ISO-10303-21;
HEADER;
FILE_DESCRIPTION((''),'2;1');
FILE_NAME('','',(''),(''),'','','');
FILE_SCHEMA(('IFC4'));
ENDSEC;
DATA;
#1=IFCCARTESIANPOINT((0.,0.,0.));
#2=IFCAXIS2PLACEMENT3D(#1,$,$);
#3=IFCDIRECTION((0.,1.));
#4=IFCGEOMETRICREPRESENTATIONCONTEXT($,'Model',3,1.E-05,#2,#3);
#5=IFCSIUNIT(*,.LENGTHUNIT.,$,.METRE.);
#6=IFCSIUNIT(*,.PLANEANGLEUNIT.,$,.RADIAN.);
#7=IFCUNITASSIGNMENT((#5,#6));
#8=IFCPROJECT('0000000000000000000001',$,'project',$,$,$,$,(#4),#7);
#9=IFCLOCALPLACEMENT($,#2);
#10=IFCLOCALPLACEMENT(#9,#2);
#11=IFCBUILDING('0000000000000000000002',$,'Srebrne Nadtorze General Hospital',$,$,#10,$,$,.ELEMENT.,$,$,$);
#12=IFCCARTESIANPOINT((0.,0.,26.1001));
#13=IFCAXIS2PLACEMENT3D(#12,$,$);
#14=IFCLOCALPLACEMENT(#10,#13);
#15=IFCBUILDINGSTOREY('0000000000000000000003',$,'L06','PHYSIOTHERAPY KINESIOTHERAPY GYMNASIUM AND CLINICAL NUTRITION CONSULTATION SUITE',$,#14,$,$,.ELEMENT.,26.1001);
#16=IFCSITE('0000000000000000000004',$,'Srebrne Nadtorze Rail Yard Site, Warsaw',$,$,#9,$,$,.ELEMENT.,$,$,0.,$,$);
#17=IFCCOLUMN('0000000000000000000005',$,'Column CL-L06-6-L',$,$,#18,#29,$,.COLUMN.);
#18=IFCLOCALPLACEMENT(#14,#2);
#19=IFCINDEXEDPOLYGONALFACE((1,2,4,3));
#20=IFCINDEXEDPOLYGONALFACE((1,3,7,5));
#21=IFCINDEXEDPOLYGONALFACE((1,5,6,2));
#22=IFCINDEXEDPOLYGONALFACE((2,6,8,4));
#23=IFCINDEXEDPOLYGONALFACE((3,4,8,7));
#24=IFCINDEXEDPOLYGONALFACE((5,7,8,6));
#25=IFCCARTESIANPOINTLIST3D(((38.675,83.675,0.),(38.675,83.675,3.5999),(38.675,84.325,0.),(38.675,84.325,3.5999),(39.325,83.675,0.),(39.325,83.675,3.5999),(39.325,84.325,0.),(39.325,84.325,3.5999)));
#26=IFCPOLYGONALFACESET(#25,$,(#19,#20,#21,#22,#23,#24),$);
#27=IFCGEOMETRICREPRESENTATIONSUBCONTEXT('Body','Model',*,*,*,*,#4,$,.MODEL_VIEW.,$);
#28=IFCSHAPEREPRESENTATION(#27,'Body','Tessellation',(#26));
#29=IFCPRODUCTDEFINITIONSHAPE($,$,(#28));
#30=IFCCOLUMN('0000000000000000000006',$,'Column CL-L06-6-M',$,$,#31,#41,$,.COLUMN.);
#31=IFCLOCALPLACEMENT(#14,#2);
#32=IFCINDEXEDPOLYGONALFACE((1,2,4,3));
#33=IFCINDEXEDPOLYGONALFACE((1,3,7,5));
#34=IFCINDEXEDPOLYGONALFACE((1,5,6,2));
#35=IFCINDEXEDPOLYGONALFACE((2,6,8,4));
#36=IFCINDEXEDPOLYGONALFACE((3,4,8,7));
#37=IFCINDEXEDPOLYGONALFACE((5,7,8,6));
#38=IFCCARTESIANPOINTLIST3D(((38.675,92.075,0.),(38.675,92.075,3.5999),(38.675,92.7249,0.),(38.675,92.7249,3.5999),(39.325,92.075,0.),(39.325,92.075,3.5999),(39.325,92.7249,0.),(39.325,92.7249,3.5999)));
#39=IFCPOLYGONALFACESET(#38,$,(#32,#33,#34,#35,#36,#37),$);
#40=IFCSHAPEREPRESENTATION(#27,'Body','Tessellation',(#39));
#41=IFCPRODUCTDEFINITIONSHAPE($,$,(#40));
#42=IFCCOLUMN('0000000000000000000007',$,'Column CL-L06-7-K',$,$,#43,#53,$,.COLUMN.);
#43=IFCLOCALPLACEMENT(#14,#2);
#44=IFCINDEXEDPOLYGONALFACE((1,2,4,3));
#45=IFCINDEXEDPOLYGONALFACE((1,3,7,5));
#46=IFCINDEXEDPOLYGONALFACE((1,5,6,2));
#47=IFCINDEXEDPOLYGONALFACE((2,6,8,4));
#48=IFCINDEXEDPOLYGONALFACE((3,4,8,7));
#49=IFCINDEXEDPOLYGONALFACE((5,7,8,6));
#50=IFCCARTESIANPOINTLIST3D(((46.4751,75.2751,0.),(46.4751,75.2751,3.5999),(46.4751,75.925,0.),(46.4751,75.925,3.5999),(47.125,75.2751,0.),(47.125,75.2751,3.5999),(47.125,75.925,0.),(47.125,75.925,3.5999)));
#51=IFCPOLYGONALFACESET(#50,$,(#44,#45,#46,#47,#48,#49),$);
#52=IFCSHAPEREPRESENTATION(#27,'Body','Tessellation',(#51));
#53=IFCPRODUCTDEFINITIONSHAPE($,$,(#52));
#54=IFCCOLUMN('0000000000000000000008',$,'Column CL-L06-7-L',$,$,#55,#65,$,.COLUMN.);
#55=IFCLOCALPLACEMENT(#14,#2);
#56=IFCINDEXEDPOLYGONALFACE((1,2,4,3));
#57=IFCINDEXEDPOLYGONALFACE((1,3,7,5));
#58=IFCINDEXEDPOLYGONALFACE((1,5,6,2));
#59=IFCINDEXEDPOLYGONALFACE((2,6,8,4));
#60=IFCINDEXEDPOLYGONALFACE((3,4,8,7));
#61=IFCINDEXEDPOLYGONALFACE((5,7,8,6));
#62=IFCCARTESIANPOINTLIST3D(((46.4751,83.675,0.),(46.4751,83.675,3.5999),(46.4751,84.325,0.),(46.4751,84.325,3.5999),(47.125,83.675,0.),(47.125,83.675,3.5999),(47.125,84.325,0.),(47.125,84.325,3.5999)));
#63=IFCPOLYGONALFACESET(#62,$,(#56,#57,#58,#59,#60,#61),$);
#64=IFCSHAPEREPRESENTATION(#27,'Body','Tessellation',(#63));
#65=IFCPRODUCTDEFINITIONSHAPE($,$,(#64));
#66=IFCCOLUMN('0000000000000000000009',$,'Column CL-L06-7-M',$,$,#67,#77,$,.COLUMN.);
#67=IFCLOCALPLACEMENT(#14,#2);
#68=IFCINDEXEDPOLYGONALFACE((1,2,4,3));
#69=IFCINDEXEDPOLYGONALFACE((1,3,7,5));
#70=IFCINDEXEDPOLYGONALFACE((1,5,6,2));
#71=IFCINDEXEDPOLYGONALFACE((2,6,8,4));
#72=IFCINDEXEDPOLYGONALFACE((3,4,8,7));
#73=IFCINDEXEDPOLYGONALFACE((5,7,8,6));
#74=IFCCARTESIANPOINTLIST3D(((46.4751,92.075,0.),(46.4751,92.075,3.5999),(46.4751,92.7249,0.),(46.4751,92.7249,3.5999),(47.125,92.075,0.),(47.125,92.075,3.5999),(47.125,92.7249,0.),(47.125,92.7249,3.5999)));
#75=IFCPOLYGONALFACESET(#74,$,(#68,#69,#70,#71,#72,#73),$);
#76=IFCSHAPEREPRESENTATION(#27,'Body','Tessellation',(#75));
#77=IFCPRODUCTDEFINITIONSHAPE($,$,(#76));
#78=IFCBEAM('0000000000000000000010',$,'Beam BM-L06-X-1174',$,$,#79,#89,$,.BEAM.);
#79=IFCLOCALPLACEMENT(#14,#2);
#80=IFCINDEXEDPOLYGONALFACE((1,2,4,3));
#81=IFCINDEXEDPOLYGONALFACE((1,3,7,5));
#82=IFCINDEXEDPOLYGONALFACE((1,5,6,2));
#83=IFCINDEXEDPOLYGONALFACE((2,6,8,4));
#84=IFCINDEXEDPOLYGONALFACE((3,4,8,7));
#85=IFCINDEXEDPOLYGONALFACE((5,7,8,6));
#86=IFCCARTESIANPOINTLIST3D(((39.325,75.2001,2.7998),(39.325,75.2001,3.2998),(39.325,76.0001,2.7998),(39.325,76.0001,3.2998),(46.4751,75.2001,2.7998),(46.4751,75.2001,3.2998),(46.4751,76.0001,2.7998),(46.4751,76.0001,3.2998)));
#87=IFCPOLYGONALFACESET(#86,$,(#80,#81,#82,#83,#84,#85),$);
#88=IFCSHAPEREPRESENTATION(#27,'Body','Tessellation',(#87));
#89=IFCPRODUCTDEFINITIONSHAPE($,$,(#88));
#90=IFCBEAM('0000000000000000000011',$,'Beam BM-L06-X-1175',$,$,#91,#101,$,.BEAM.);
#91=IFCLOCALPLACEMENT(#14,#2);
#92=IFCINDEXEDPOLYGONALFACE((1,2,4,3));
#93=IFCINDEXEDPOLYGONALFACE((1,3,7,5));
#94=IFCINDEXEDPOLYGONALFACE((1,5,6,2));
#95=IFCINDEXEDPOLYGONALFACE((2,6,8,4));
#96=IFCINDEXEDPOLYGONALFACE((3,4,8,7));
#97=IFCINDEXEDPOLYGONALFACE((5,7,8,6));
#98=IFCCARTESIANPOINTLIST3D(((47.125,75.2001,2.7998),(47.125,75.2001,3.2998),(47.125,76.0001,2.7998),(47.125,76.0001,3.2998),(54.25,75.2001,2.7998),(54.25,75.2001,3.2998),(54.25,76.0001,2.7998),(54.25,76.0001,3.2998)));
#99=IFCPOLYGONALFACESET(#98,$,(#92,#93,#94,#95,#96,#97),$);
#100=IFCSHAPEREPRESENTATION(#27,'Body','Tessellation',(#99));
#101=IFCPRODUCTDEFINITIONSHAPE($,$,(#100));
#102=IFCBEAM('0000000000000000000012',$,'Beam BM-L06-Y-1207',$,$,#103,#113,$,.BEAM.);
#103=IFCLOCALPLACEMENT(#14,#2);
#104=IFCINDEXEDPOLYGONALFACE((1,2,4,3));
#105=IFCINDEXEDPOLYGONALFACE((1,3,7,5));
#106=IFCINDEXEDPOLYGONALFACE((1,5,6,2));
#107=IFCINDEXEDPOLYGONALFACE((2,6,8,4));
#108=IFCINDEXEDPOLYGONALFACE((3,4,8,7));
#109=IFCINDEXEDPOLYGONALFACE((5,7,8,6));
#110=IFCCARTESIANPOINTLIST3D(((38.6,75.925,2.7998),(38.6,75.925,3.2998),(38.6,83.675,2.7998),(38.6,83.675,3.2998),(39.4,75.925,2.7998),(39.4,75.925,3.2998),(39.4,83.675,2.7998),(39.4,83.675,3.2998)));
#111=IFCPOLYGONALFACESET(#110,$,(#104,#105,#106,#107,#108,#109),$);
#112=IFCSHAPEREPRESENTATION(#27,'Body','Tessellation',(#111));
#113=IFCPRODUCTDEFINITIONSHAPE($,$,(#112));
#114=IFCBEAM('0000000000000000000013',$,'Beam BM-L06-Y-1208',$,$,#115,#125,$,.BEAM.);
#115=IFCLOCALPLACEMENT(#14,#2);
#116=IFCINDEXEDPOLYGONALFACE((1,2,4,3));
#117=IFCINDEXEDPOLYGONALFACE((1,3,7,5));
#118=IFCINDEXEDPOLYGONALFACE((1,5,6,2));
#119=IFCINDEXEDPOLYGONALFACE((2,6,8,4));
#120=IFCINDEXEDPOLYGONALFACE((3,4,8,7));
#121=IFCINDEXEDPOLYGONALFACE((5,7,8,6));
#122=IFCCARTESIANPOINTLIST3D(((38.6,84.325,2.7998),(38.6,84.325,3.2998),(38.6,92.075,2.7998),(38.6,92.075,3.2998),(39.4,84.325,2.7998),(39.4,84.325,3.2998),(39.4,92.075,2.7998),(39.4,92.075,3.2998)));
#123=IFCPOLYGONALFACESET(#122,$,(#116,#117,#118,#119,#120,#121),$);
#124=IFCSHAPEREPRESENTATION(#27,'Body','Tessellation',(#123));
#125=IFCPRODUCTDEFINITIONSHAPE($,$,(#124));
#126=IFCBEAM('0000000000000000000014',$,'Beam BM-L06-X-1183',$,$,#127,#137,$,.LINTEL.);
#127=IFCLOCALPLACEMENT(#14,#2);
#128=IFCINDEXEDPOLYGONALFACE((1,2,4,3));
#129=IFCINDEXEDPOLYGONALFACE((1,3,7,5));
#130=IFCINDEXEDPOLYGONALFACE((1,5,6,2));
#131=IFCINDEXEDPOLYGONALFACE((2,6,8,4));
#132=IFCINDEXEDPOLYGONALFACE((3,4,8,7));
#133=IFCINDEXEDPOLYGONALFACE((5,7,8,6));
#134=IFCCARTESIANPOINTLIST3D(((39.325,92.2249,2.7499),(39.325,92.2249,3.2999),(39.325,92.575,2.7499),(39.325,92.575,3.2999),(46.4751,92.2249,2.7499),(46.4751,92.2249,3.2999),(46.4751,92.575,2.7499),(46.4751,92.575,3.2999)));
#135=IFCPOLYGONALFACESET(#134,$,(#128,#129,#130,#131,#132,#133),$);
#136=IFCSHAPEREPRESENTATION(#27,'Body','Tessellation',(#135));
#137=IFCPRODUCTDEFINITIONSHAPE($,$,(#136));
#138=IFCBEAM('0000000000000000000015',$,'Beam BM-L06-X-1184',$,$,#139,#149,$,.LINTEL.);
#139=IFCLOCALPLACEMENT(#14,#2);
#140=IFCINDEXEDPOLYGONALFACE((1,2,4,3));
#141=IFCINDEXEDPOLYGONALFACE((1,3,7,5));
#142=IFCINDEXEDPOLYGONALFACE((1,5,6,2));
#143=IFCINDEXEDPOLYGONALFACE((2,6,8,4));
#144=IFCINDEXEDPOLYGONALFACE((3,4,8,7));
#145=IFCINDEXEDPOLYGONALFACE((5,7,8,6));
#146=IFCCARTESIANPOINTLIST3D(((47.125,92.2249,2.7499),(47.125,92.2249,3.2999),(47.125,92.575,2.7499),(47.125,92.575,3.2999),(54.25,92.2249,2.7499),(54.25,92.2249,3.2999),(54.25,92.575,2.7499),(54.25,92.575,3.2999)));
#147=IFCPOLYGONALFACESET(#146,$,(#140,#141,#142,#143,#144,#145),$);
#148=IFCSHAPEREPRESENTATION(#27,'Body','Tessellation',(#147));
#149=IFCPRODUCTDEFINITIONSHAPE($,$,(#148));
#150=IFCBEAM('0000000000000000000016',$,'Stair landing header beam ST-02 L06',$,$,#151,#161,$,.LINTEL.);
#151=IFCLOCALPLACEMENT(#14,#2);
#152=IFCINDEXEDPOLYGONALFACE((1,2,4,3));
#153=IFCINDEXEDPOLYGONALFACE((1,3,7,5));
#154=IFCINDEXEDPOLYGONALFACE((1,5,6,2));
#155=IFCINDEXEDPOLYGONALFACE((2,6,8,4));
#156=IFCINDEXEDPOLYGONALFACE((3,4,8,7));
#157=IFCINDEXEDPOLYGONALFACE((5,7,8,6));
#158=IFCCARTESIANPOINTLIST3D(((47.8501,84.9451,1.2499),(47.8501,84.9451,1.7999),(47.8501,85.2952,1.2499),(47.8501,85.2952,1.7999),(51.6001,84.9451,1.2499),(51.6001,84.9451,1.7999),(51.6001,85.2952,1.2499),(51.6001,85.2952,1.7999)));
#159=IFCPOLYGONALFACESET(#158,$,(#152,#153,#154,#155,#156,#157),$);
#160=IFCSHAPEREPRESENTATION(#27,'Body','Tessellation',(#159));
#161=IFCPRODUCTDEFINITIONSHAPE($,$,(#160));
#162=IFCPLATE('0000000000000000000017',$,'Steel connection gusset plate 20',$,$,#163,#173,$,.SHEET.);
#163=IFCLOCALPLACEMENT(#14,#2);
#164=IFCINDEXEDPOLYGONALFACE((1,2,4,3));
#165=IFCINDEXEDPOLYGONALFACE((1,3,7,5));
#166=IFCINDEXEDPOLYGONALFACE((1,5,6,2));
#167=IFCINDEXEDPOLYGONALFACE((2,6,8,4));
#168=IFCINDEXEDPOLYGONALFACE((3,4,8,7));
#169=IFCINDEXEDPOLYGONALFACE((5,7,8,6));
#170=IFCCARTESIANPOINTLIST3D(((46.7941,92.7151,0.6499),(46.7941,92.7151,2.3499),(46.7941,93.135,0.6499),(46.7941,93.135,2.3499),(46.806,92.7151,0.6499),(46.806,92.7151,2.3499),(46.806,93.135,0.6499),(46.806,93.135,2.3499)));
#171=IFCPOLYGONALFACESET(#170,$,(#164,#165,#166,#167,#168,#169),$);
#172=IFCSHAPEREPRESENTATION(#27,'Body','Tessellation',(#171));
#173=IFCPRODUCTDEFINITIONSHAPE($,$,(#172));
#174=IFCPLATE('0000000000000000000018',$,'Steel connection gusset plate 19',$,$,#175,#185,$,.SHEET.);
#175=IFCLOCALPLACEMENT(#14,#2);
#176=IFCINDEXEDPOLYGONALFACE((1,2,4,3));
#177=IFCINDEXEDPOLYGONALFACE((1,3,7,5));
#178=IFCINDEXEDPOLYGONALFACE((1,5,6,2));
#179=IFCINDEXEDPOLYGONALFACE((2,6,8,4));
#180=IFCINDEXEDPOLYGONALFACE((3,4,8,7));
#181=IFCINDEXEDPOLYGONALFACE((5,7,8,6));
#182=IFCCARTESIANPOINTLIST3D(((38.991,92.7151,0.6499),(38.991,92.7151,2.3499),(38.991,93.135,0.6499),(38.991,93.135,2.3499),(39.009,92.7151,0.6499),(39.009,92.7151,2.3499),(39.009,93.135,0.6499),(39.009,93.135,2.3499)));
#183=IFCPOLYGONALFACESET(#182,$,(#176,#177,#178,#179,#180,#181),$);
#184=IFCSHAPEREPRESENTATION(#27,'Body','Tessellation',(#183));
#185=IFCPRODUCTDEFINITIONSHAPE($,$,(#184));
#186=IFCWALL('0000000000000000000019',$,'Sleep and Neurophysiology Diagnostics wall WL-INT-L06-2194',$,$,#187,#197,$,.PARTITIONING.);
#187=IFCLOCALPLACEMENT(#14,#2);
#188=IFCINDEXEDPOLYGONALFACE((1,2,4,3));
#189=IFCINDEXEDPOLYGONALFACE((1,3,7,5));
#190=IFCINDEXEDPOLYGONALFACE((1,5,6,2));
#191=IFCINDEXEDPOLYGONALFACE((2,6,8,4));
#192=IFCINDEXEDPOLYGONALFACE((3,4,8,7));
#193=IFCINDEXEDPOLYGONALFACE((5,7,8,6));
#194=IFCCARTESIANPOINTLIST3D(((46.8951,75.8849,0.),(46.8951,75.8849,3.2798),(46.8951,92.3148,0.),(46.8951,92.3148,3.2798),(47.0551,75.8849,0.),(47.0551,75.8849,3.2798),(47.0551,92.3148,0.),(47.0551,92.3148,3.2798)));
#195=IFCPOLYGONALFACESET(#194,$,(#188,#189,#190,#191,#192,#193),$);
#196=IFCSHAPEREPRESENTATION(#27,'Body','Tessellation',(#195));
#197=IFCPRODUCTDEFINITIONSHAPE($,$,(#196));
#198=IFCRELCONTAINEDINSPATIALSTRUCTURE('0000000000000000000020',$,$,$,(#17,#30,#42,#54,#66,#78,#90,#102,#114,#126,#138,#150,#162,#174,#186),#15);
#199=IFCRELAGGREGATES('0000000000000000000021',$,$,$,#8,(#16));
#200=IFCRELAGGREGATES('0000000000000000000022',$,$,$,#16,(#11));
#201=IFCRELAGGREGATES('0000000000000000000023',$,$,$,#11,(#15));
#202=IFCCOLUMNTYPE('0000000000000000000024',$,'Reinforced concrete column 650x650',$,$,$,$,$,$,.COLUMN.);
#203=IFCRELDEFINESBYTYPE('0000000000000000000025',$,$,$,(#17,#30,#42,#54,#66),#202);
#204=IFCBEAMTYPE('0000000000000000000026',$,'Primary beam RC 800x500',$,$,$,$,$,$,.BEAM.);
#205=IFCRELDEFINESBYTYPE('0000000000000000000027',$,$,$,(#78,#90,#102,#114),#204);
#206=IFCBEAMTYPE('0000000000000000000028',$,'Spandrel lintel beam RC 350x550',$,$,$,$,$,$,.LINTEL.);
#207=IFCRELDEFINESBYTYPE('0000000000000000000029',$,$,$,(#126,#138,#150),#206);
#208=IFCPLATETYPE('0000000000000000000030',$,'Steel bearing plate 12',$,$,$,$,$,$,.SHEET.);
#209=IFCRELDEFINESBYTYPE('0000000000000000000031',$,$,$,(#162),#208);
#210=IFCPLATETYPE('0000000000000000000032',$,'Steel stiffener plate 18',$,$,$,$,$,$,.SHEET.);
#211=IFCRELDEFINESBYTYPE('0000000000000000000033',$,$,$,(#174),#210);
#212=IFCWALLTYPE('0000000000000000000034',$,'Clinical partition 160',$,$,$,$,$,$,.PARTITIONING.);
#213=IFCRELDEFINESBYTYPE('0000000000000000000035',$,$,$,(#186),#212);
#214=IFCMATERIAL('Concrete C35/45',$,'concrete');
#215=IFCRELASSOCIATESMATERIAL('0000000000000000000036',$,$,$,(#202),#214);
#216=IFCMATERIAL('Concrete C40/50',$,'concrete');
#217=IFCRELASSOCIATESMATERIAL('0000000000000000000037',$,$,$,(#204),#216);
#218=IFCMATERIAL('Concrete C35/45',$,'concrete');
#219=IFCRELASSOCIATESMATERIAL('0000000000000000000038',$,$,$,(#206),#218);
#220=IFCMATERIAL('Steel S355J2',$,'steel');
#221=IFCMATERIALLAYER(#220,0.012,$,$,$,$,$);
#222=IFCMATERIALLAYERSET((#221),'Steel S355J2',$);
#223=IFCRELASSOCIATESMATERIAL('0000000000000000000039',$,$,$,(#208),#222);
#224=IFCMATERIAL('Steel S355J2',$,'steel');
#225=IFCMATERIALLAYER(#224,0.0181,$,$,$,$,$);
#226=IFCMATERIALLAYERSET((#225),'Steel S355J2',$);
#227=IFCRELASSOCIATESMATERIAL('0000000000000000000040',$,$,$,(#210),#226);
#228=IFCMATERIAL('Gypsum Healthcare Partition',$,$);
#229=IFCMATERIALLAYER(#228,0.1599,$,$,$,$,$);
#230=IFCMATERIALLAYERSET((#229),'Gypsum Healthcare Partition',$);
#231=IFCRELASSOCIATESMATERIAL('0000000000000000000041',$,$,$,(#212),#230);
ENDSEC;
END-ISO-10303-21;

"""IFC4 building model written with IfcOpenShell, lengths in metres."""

from ifc_helpers import new_model, si_unit, direction, frame, frame_2d, origin, origin_2d, place, context, subcontext, project, spatial, rectangle, extrude, material, layer, layer_set, material_profile, profile_set, type_object, element, save


model = new_model("IFC4")

# Units and contexts
model_context = context("Model", 3, precision=1e-05, world=origin(), true_north=direction((0.0, 1.0)))
body_context = subcontext(model_context, "Body", "Model", "MODEL_VIEW")
ifc_project = project(units=[si_unit("LENGTHUNIT", "METRE"), si_unit("PLANEANGLEUNIT", "RADIAN")], contexts=[model_context])

# Site, building, storey
site_placement = place(None, origin())
site = spatial("IfcSite", under=ifc_project, at=site_placement, Name="Srebrne Nadtorze Rail Yard Site, Warsaw", CompositionType="ELEMENT", RefElevation=0.0)
building_placement = place(site_placement, origin())
building = spatial("IfcBuilding", under=site, at=building_placement, Name="Srebrne Nadtorze General Hospital", CompositionType="ELEMENT")
storey_placement = place(building_placement, frame((0.0, 0.0, 26.1001)))
storey = spatial("IfcBuildingStorey", under=building, at=storey_placement, Name="L06", Description="PHYSIOTHERAPY KINESIOTHERAPY GYMNASIUM AND CLINICAL NUTRITION CONSULTATION SUITE", CompositionType="ELEMENT", Elevation=26.1001)

# Columns
ifc_material_1 = material(Name="Concrete C35/45", Category="concrete")
ifc_material_profile_1 = material_profile(ifc_material_1, rectangle(XDim=0.6499, YDim=0.6499, at=origin_2d()), Name="RC-COL-650x650")
ifc_profile_set_1 = profile_set([ifc_material_profile_1], Name="Concrete C35/45")
column_type = type_object("IfcColumnType", Name="Reinforced concrete column 650x650", PredefinedType="COLUMN", material=ifc_profile_set_1)
for number, where, z_axis, x_axis, name in (
    (1, (39.0, 84.0, 0.0), (0.0, 0.0, 1.0), (1.0, 0.0, 0.0), "Column CL-L06-6-L"),
    (2, (39.0, 92.3999, 0.0), (0.0, 0.0, 1.0), (1.0, 0.0, 0.0), "Column CL-L06-6-M"),
    (3, (46.8, 75.6001, 0.0), (0.0, 0.0, 1.0), (1.0, 0.0, 0.0), "Column CL-L06-7-K"),
    (4, (46.8, 84.0, 0.0), (0.0, 0.0, 1.0), (1.0, 0.0, 0.0), "Column CL-L06-7-L"),
    (5, (46.8, 92.3999, 0.0), (0.0, 0.0, 1.0), (1.0, 0.0, 0.0), "Column CL-L06-7-M"),
):
    element("IfcColumn", number, at=place(storey_placement, frame(where, z_axis=z_axis, x_axis=x_axis)), inside=storey, type_object=column_type, Name=name, PredefinedType="COLUMN", context=body_context, shape_type="SweptSolid", body=[
        extrude(rectangle(XDim=0.6499, YDim=0.6499, at=origin_2d()), origin(), (0.0, 0.0, 1.0), 3.5999),
    ])

# Beams
ifc_material_2 = material(Name="Concrete C40/50", Category="concrete")
ifc_material_profile_2 = material_profile(ifc_material_2, rectangle(XDim=0.8, YDim=0.5, at=origin_2d()), Name="RC-BM-800x500")
ifc_profile_set_2 = profile_set([ifc_material_profile_2], Name="Concrete C40/50")
beam_type_1 = type_object("IfcBeamType", Name="Primary beam RC 800x500", PredefinedType="BEAM", material=ifc_profile_set_2)
beam_1_placement = place(storey_placement, frame((39.325, 75.6001, 3.0498), z_axis=(1.0, 0.0, 0.0), x_axis=(0.0, 1.0, 0.0)))
element("IfcBeam", 6, at=beam_1_placement, inside=storey, type_object=beam_type_1, Name="Beam BM-L06-X-1174", PredefinedType="BEAM", context=body_context, shape_type="SweptSolid", body=[
    extrude(rectangle(XDim=0.8, YDim=0.5, at=origin_2d()), origin(), (0.0, 0.0, 1.0), 7.1501),
])
beam_2_placement = place(storey_placement, frame((47.125, 75.6001, 3.0498), z_axis=(1.0, 0.0, 0.0), x_axis=(0.0, 1.0, 0.0)))
element("IfcBeam", 7, at=beam_2_placement, inside=storey, type_object=beam_type_1, Name="Beam BM-L06-X-1175", PredefinedType="BEAM", context=body_context, shape_type="SweptSolid", body=[
    extrude(rectangle(XDim=0.8, YDim=0.5, at=origin_2d()), origin(), (0.0, 0.0, 1.0), 7.125),
])
for number, where, z_axis, x_axis, name in (
    (8, (39.0, 75.925, 3.0498), (0.0, 1.0, 0.0), (-1.0, 0.0, 0.0), "Beam BM-L06-Y-1207"),
    (9, (39.0, 84.325, 3.0498), (0.0, 1.0, 0.0), (-1.0, 0.0, 0.0), "Beam BM-L06-Y-1208"),
):
    element("IfcBeam", number, at=place(storey_placement, frame(where, z_axis=z_axis, x_axis=x_axis)), inside=storey, type_object=beam_type_1, Name=name, PredefinedType="BEAM", context=body_context, shape_type="SweptSolid", body=[
        extrude(rectangle(XDim=0.8, YDim=0.5, at=origin_2d()), origin(), (0.0, 0.0, 1.0), 7.75),
    ])
ifc_material_3 = material(Name="Concrete C35/45", Category="concrete")
ifc_material_profile_3 = material_profile(ifc_material_3, rectangle(XDim=0.3501, YDim=0.55, at=origin_2d()), Name="RC-BM-350x550")
ifc_profile_set_3 = profile_set([ifc_material_profile_3], Name="Concrete C35/45")
beam_type_2 = type_object("IfcBeamType", Name="Spandrel lintel beam RC 350x550", PredefinedType="LINTEL", material=ifc_profile_set_3)
beam_3_placement = place(storey_placement, frame((39.325, 92.3999, 3.0249), z_axis=(1.0, 0.0, 0.0), x_axis=(0.0, 1.0, 0.0)))
element("IfcBeam", 10, at=beam_3_placement, inside=storey, type_object=beam_type_2, Name="Beam BM-L06-X-1183", PredefinedType="LINTEL", context=body_context, shape_type="SweptSolid", body=[
    extrude(rectangle(XDim=0.3501, YDim=0.55, at=origin_2d()), origin(), (0.0, 0.0, 1.0), 7.1501),
])
beam_4_placement = place(storey_placement, frame((47.125, 92.3999, 3.0249), z_axis=(1.0, 0.0, 0.0), x_axis=(0.0, 1.0, 0.0)))
element("IfcBeam", 11, at=beam_4_placement, inside=storey, type_object=beam_type_2, Name="Beam BM-L06-X-1184", PredefinedType="LINTEL", context=body_context, shape_type="SweptSolid", body=[
    extrude(rectangle(XDim=0.3501, YDim=0.55, at=origin_2d()), origin(), (0.0, 0.0, 1.0), 7.125),
])
beam_5_placement = place(storey_placement, frame((47.8501, 85.1201, 1.5249), z_axis=(1.0, 0.0, 0.0), x_axis=(0.0, 1.0, 0.0)))
element("IfcBeam", 12, at=beam_5_placement, inside=storey, type_object=beam_type_2, Name="Stair landing header beam ST-02 L06", PredefinedType="LINTEL", context=body_context, shape_type="SweptSolid", body=[
    extrude(rectangle(XDim=0.3501, YDim=0.55, at=origin_2d()), origin(), (0.0, 0.0, 1.0), 3.75),
])

# Plates
ifc_material_4 = material(Name="Steel S355J2", Category="steel")
ifc_layer_1 = layer(ifc_material_4, 0.012)
ifc_layer_set_1 = layer_set([ifc_layer_1], Name="Steel S355J2")
plate_type_1 = type_object("IfcPlateType", Name="Steel bearing plate 12", PredefinedType="SHEET", material=ifc_layer_set_1)
plate_1_placement = place(storey_placement, frame((46.8, 92.925, 0.6499), z_axis=(0.0, 0.0, 1.0), x_axis=(1.0, 0.0, 0.0)))
element("IfcPlate", 13, at=plate_1_placement, inside=storey, type_object=plate_type_1, Name="Steel connection gusset plate 20", PredefinedType="SHEET", context=body_context, shape_type="SweptSolid", body=[
    extrude(rectangle(XDim=0.012, YDim=0.4199, at=origin_2d()), origin(), (0.0, 0.0, 1.0), 1.7),
])
ifc_material_5 = material(Name="Steel S355J2", Category="steel")
ifc_layer_2 = layer(ifc_material_5, 0.0181)
ifc_layer_set_2 = layer_set([ifc_layer_2], Name="Steel S355J2")
plate_type_2 = type_object("IfcPlateType", Name="Steel stiffener plate 18", PredefinedType="SHEET", material=ifc_layer_set_2)
plate_2_placement = place(storey_placement, frame((39.0, 92.925, 0.6499), z_axis=(0.0, 0.0, 1.0), x_axis=(1.0, 0.0, 0.0)))
element("IfcPlate", 14, at=plate_2_placement, inside=storey, type_object=plate_type_2, Name="Steel connection gusset plate 19", PredefinedType="SHEET", context=body_context, shape_type="SweptSolid", body=[
    extrude(rectangle(XDim=0.0181, YDim=0.4199, at=origin_2d()), origin(), (0.0, 0.0, 1.0), 1.7),
])

# Wall
ifc_material_6 = material(Name="Gypsum Healthcare Partition")
ifc_layer_3 = layer(ifc_material_6, 0.1599)
ifc_layer_set_3 = layer_set([ifc_layer_3], Name="Gypsum Healthcare Partition")
wall_type_1 = type_object("IfcWallType", Name="Clinical partition 160", PredefinedType="PARTITIONING", material=ifc_layer_set_3)
wall_1_placement = place(storey_placement, frame((46.9751, 75.885, 0.0), z_axis=(0.0, 0.0, 1.0), x_axis=(0.0, 1.0, 0.0)))
element("IfcWall", 15, at=wall_1_placement, inside=storey, type_object=wall_type_1, Name="Sleep and Neurophysiology Diagnostics wall WL-INT-L06-2194", PredefinedType="PARTITIONING", context=body_context, shape_type="SweptSolid", body=[
    extrude(rectangle(XDim=16.4299, YDim=0.1599, at=frame_2d((8.2148, 0.0))), origin(), (0.0, 0.0, 1.0), 3.2798),
])

save(model, "model.ifc")
